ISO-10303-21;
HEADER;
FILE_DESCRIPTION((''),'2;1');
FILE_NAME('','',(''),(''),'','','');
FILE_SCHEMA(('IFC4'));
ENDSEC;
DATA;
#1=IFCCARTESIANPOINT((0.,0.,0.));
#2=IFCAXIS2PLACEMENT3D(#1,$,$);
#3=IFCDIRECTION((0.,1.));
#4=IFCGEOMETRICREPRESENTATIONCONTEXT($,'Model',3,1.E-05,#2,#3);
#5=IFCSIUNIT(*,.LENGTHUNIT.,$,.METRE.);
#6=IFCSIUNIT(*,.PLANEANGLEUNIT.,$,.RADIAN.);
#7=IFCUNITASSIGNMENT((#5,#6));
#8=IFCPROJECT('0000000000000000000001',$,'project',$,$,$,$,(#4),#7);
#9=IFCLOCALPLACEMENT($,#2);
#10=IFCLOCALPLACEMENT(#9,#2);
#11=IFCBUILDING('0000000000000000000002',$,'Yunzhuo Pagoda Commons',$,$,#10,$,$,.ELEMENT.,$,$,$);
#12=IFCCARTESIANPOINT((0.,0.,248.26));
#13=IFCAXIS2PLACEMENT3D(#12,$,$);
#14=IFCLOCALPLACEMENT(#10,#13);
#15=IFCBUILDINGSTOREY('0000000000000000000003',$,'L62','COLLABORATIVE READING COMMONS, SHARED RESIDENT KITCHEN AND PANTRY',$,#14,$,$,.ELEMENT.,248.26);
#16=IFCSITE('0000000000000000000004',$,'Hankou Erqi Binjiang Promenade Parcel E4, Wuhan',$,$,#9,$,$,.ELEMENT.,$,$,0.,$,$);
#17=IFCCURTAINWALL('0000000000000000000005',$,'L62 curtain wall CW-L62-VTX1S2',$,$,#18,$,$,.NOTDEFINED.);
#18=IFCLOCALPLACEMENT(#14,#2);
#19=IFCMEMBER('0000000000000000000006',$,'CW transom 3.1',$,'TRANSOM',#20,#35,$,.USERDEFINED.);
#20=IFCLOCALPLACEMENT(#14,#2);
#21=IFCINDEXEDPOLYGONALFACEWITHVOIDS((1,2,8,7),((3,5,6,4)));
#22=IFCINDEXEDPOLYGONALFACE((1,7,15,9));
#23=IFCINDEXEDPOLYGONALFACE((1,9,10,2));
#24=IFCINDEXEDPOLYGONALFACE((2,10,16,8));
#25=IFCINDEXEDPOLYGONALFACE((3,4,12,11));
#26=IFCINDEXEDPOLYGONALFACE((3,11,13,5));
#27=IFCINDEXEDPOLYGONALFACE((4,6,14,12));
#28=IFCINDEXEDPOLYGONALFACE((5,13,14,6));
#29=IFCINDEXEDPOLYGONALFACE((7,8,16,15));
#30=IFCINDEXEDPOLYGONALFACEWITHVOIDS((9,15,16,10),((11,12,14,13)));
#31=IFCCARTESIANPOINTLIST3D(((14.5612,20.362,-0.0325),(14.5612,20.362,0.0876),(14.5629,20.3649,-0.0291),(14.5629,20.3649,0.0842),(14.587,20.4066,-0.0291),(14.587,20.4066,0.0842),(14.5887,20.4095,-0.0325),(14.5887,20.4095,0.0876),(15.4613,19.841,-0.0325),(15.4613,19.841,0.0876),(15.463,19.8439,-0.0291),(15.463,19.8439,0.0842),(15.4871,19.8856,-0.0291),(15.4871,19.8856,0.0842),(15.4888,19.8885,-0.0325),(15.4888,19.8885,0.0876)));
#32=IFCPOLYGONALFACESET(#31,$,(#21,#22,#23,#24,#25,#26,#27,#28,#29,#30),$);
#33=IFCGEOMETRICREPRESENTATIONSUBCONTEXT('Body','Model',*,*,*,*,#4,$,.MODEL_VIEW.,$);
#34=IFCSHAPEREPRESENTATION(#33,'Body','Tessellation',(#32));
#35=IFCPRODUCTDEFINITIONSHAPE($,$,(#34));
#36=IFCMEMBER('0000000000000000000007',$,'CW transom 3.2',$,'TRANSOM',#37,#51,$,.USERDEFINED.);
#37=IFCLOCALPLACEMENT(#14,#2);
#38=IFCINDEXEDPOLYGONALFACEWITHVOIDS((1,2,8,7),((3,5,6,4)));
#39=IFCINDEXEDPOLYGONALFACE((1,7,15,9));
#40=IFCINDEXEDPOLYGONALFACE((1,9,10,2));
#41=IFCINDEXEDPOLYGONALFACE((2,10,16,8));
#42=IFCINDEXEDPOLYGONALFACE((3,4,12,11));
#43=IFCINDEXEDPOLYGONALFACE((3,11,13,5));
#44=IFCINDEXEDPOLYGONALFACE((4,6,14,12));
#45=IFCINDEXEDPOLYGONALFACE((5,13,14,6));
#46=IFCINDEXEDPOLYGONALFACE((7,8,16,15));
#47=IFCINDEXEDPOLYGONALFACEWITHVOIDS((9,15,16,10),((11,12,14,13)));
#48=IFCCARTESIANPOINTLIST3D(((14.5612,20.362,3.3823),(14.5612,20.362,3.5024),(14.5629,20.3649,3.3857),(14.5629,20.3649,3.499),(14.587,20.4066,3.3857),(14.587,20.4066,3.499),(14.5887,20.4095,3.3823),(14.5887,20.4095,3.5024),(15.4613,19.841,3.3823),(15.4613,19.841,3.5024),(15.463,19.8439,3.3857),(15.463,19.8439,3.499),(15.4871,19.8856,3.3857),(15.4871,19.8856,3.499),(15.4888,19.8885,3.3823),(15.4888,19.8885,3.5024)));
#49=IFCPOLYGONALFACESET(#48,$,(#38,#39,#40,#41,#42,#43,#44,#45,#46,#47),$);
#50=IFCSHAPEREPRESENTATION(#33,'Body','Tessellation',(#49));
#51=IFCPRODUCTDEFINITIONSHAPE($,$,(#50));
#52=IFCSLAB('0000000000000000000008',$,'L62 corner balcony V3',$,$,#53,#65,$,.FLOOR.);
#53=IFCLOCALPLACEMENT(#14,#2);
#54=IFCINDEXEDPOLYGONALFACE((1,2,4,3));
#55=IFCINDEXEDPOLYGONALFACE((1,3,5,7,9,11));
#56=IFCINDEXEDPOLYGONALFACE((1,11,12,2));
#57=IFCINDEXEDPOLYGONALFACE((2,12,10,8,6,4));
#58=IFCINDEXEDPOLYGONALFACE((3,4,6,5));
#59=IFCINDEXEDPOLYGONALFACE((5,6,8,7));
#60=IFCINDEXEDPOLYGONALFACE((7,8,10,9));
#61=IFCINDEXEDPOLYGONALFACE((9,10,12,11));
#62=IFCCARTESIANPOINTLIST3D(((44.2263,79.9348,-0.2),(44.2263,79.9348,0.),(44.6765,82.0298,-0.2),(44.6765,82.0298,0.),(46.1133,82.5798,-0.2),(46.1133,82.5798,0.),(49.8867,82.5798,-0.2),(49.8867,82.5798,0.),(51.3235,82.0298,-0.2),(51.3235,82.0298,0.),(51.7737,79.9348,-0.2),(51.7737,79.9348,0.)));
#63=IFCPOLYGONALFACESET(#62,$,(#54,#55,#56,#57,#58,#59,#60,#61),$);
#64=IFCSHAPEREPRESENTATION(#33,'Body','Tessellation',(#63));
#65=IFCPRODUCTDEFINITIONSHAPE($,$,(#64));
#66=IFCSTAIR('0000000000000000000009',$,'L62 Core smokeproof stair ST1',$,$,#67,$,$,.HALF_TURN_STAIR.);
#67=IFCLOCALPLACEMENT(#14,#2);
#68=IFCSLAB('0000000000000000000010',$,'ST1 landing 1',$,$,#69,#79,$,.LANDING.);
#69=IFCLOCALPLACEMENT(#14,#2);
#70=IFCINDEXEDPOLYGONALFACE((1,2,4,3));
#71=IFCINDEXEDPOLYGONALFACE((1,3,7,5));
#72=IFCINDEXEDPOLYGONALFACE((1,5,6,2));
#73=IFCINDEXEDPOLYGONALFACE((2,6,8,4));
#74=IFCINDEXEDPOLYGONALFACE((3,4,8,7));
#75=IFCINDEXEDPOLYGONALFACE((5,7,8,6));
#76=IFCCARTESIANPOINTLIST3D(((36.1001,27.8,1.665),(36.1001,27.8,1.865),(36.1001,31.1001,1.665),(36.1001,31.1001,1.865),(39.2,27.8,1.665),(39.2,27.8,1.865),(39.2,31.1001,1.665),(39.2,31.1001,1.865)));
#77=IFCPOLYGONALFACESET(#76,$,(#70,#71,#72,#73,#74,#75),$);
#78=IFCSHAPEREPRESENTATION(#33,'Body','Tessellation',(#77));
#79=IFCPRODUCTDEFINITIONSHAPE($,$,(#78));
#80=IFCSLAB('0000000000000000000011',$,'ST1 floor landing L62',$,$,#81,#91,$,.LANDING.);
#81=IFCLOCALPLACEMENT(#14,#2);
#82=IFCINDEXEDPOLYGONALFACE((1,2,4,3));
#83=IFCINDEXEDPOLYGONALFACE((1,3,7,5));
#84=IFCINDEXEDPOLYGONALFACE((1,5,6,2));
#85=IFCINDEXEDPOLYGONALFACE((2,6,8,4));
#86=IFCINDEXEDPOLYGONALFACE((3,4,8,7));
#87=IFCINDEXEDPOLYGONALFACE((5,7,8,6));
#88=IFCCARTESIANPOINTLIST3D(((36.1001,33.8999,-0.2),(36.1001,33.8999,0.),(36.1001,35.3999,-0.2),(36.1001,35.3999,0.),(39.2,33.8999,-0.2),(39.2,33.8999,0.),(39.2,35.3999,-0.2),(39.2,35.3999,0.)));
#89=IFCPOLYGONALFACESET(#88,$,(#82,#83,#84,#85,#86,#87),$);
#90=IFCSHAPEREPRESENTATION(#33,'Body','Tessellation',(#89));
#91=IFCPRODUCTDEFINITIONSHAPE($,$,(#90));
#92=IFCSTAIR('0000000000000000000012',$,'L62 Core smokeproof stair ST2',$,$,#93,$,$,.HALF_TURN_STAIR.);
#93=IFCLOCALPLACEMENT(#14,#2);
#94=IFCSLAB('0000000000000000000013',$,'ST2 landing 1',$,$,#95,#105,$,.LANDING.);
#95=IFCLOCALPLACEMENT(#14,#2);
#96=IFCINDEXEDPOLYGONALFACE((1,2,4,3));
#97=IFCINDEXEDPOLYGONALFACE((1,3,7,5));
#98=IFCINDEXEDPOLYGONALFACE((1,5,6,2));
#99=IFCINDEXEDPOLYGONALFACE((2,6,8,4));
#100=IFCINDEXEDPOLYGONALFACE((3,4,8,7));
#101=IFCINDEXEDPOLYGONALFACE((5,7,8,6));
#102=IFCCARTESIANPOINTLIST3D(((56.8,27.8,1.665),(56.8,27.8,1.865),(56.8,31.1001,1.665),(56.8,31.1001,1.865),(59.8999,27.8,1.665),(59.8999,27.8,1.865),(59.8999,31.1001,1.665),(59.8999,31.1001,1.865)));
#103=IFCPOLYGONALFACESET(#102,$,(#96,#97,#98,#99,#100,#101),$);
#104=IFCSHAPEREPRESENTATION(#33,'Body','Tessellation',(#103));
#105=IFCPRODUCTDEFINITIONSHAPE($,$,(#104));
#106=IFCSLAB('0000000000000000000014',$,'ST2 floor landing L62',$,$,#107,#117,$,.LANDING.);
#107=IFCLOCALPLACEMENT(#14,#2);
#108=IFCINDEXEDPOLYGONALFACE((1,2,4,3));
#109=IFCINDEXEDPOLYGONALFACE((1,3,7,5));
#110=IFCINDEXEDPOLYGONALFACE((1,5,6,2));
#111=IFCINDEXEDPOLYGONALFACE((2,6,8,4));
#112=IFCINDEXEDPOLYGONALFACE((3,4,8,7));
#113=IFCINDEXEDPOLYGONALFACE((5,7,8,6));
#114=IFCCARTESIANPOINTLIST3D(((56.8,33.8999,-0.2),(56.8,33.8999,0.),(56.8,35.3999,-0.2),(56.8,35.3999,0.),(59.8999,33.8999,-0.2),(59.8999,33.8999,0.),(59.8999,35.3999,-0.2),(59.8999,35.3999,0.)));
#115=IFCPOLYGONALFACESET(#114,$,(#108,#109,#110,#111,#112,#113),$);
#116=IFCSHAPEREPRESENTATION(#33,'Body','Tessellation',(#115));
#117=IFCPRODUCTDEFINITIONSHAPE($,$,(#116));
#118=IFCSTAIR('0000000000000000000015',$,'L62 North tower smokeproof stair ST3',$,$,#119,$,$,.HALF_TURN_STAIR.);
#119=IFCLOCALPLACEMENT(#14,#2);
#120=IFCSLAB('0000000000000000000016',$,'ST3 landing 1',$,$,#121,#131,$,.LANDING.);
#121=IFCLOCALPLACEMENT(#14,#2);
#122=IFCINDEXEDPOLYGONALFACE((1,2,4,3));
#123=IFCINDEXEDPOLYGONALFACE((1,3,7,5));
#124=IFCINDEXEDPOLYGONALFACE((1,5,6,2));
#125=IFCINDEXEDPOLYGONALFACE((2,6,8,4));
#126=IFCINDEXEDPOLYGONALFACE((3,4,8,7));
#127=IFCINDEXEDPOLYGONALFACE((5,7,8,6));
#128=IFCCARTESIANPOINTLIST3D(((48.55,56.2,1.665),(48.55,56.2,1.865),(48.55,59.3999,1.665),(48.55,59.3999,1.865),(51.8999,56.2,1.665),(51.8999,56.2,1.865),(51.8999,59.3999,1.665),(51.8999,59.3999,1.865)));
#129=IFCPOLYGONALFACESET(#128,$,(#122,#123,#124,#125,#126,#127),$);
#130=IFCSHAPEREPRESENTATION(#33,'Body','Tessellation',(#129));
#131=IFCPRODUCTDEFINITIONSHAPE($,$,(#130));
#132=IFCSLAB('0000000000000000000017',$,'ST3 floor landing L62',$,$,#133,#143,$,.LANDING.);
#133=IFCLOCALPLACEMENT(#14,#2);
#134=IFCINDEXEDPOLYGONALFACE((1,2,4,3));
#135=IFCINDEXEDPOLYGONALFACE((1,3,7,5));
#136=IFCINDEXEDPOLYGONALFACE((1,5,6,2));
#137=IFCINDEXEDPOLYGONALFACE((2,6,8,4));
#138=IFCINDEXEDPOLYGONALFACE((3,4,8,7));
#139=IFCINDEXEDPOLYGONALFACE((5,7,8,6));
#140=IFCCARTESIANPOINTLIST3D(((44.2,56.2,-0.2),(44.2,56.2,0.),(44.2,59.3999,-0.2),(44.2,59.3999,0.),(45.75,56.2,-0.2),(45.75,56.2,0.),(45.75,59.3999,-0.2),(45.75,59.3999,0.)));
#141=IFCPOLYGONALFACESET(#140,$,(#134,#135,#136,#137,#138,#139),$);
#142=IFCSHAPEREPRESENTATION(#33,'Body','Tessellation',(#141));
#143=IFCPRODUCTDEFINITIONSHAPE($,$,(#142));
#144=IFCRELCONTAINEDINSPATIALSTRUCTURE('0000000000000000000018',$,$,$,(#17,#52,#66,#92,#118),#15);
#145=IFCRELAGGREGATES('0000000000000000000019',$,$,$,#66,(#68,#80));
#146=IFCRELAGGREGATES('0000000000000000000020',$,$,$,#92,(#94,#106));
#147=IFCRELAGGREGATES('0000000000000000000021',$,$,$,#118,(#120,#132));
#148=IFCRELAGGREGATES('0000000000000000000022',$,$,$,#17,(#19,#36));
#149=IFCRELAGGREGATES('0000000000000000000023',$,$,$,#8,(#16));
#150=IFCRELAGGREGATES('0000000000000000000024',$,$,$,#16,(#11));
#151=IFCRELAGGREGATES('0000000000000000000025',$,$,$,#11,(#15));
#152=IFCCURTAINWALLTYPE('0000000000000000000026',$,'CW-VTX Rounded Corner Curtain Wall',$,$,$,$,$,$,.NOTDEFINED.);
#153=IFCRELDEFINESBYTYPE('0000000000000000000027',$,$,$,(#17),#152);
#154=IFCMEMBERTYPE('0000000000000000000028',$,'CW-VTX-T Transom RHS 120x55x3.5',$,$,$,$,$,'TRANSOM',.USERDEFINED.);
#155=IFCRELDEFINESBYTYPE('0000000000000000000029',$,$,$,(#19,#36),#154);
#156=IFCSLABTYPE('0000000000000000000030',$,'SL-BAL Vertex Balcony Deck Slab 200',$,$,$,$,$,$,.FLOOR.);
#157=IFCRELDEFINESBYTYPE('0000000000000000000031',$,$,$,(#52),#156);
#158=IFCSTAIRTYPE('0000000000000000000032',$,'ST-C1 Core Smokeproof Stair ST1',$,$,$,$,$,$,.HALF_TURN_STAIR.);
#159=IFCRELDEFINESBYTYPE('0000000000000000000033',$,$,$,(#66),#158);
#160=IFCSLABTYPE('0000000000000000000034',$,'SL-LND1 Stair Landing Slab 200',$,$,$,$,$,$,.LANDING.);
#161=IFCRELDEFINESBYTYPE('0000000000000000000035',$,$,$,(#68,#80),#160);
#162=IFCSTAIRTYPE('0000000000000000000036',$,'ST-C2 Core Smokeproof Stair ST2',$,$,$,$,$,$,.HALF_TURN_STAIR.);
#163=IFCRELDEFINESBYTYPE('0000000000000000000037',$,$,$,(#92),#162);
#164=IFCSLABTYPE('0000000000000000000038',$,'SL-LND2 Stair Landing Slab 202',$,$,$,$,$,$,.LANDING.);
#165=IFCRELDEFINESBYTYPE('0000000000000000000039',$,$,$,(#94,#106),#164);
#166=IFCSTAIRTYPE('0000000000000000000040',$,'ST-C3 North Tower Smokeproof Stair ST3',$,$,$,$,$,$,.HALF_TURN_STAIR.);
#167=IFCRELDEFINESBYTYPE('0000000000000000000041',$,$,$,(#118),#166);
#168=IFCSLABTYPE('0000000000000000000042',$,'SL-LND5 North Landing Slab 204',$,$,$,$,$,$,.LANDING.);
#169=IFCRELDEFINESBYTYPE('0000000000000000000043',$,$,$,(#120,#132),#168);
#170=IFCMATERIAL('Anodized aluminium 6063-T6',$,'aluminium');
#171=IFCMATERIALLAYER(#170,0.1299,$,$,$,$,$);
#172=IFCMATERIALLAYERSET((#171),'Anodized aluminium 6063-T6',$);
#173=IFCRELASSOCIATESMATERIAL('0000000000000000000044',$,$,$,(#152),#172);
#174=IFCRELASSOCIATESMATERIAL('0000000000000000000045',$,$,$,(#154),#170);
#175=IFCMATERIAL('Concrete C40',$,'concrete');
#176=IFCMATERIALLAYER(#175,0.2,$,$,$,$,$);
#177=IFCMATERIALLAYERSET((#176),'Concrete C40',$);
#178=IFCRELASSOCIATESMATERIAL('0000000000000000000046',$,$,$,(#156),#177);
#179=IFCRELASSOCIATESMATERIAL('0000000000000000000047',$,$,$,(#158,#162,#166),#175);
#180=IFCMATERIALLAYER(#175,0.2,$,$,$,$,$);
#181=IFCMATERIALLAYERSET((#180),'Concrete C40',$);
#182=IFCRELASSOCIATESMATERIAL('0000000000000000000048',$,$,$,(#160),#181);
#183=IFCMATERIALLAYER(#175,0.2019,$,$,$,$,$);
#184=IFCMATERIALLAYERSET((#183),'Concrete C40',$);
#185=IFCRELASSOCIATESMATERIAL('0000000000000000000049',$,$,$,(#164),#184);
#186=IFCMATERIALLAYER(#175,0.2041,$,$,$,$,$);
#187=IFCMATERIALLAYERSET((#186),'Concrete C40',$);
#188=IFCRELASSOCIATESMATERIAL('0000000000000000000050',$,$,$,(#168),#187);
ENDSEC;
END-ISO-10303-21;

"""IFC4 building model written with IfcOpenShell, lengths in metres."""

from ifc_helpers import new_model, si_unit, direction, frame, origin, origin_2d, place, context, subcontext, project, spatial, polyline, hollow_rectangle, outline, extrude, source, transform, mapped, material, layer, layer_set, material_profile, profile_set, type_object, element, aggregate, save


model = new_model("IFC4")

# Units and contexts
model_context = context("Model", 3, precision=1e-05, world=origin(), true_north=direction((0.0, 1.0)))
body_context = subcontext(model_context, "Body", "Model", "MODEL_VIEW")
ifc_project = project(units=[si_unit("LENGTHUNIT", "METRE"), si_unit("PLANEANGLEUNIT", "RADIAN")], contexts=[model_context])

# Site, building, storey
site_placement = place(None, origin())
site = spatial("IfcSite", under=ifc_project, at=site_placement, Name="Hankou Erqi Binjiang Promenade Parcel E4, Wuhan", CompositionType="ELEMENT", RefElevation=0.0)
building_placement = place(site_placement, origin())
building = spatial("IfcBuilding", under=site, at=building_placement, Name="Yunzhuo Pagoda Commons", CompositionType="ELEMENT")
storey_placement = place(building_placement, frame((0.0, 0.0, 248.26)))
storey = spatial("IfcBuildingStorey", under=building, at=storey_placement, Name="L62", Description="COLLABORATIVE READING COMMONS, SHARED RESIDENT KITCHEN AND PANTRY", CompositionType="ELEMENT", Elevation=248.26)

# Curtain wall, members
ifc_material_1 = material(Name="Anodized aluminium 6063-T6", Category="aluminium")
ifc_layer_1 = layer(ifc_material_1, 0.1299)
ifc_layer_set_1 = layer_set([ifc_layer_1], Name="Anodized aluminium 6063-T6")
curtain_wall_type_1 = type_object("IfcCurtainWallType", Name="CW-VTX Rounded Corner Curtain Wall", PredefinedType="NOTDEFINED", material=ifc_layer_set_1)
curtain_wall_1_placement = place(storey_placement, origin())
curtain_wall_1 = element("IfcCurtainWall", 1, at=curtain_wall_1_placement, inside=storey, type_object=curtain_wall_type_1, Name="L62 curtain wall CW-L62-VTX1S2", PredefinedType="NOTDEFINED")
ifc_material_profile_1 = material_profile(ifc_material_1, hollow_rectangle(XDim=0.0549, YDim=0.1201, WallThickness=0.0034, at=origin_2d()), Name="Anodized aluminium 6063-T6")
ifc_profile_set_1 = profile_set([ifc_material_profile_1], Name="Anodized aluminium 6063-T6")
member_type_1 = type_object("IfcMemberType", Name="CW-VTX-T Transom RHS 120x55x3.5", ElementType="TRANSOM", PredefinedType="USERDEFINED", material=ifc_profile_set_1)
shared_shape_1 = source(origin(), body_context, "Body", "SweptSolid", [
    extrude(hollow_rectangle(XDim=0.0549, YDim=0.1201, WallThickness=0.0034, at=origin_2d()), origin(), (0.0, 0.0, 1.0), 1.04),
])
member_1_placement = place(storey_placement, frame((14.575, 20.3857, 0.0276), z_axis=(0.865485, -0.500934, 0.0), x_axis=(0.500934, 0.865485, 0.0)))
member_1 = element("IfcMember", 2, at=member_1_placement, type_object=member_type_1, Name="CW transom 3.1", ObjectType="TRANSOM", PredefinedType="USERDEFINED", context=body_context, shape_type="MappedRepresentation", body=[
    mapped(shared_shape_1, transform((0.0, 0.0, 0.0), scale=1.0)),
])
member_2_placement = place(storey_placement, frame((14.575, 20.3857, 3.4424), z_axis=(0.865485, -0.500934, 0.0), x_axis=(0.500934, 0.865485, 0.0)))
member_2 = element("IfcMember", 3, at=member_2_placement, type_object=member_type_1, Name="CW transom 3.2", ObjectType="TRANSOM", PredefinedType="USERDEFINED", context=body_context, shape_type="MappedRepresentation", body=[
    mapped(shared_shape_1, transform((0.0, 0.0, 0.0), scale=1.0)),
])

# Slab
ifc_material_2 = material(Name="Concrete C40", Category="concrete")
ifc_layer_2 = layer(ifc_material_2, 0.2)
ifc_layer_set_2 = layer_set([ifc_layer_2], Name="Concrete C40")
slab_type_1 = type_object("IfcSlabType", Name="SL-BAL Vertex Balcony Deck Slab 200", PredefinedType="FLOOR", material=ifc_layer_set_2)
slab_1_placement = place(storey_placement, frame((0.0, 0.0, -0.2)))
element("IfcSlab", 4, at=slab_1_placement, inside=storey, type_object=slab_type_1, Name="L62 corner balcony V3", PredefinedType="FLOOR", context=body_context, shape_type="SweptSolid", body=[
    extrude(outline(polyline([(51.7737, 79.9348), (44.2263, 79.9348), (44.6765, 82.0298), (46.1133, 82.5798), (49.8867, 82.5798), (51.3235, 82.0298), (51.7737, 79.9348)])), origin(), (0.0, 0.0, 1.0), 0.2),
])

# Stairs, slabs
stair_type_1 = type_object("IfcStairType", Name="ST-C1 Core Smokeproof Stair ST1", PredefinedType="HALF_TURN_STAIR", material=ifc_material_2)
stair_1_placement = place(storey_placement, origin())
stair_1 = element("IfcStair", 5, at=stair_1_placement, inside=storey, type_object=stair_type_1, Name="L62 Core smokeproof stair ST1", PredefinedType="HALF_TURN_STAIR")
ifc_layer_3 = layer(ifc_material_2, 0.2)
ifc_layer_set_3 = layer_set([ifc_layer_3], Name="Concrete C40")
slab_type_2 = type_object("IfcSlabType", Name="SL-LND1 Stair Landing Slab 200", PredefinedType="LANDING", material=ifc_layer_set_3)
slab_2_placement = place(storey_placement, frame((0.0, 0.0, 1.665)))
slab_2 = element("IfcSlab", 6, at=slab_2_placement, type_object=slab_type_2, Name="ST1 landing 1", PredefinedType="LANDING", context=body_context, shape_type="SweptSolid", body=[
    extrude(outline(polyline([(36.1001, 31.1001), (36.1001, 27.8), (39.2, 27.8), (39.2, 31.1001), (36.1001, 31.1001)])), origin(), (0.0, 0.0, 1.0), 0.2),
])
slab_3_placement = place(storey_placement, frame((0.0, 0.0, -0.2)))
slab_3 = element("IfcSlab", 7, at=slab_3_placement, type_object=slab_type_2, Name="ST1 floor landing L62", PredefinedType="LANDING", context=body_context, shape_type="SweptSolid", body=[
    extrude(outline(polyline([(36.1001, 35.3999), (36.1001, 33.8999), (39.2, 33.8999), (39.2, 35.3999), (36.1001, 35.3999)])), origin(), (0.0, 0.0, 1.0), 0.2),
])
aggregate(stair_1, [slab_2, slab_3])
stair_type_2 = type_object("IfcStairType", Name="ST-C2 Core Smokeproof Stair ST2", PredefinedType="HALF_TURN_STAIR", material=ifc_material_2)
stair_2_placement = place(storey_placement, origin())
stair_2 = element("IfcStair", 8, at=stair_2_placement, inside=storey, type_object=stair_type_2, Name="L62 Core smokeproof stair ST2", PredefinedType="HALF_TURN_STAIR")
ifc_layer_4 = layer(ifc_material_2, 0.2019)
ifc_layer_set_4 = layer_set([ifc_layer_4], Name="Concrete C40")
slab_type_3 = type_object("IfcSlabType", Name="SL-LND2 Stair Landing Slab 202", PredefinedType="LANDING", material=ifc_layer_set_4)
slab_4_placement = place(storey_placement, frame((0.0, 0.0, 1.665)))
slab_4 = element("IfcSlab", 9, at=slab_4_placement, type_object=slab_type_3, Name="ST2 landing 1", PredefinedType="LANDING", context=body_context, shape_type="SweptSolid", body=[
    extrude(outline(polyline([(56.8, 31.1001), (56.8, 27.8), (59.8999, 27.8), (59.8999, 31.1001), (56.8, 31.1001)])), origin(), (0.0, 0.0, 1.0), 0.2),
])
slab_5_placement = place(storey_placement, frame((0.0, 0.0, -0.2)))
slab_5 = element("IfcSlab", 10, at=slab_5_placement, type_object=slab_type_3, Name="ST2 floor landing L62", PredefinedType="LANDING", context=body_context, shape_type="SweptSolid", body=[
    extrude(outline(polyline([(56.8, 35.3999), (56.8, 33.8999), (59.8999, 33.8999), (59.8999, 35.3999), (56.8, 35.3999)])), origin(), (0.0, 0.0, 1.0), 0.2),
])
aggregate(stair_2, [slab_4, slab_5])
stair_type_3 = type_object("IfcStairType", Name="ST-C3 North Tower Smokeproof Stair ST3", PredefinedType="HALF_TURN_STAIR", material=ifc_material_2)
stair_3_placement = place(storey_placement, origin())
stair_3 = element("IfcStair", 11, at=stair_3_placement, inside=storey, type_object=stair_type_3, Name="L62 North tower smokeproof stair ST3", PredefinedType="HALF_TURN_STAIR")
ifc_layer_5 = layer(ifc_material_2, 0.2041)
ifc_layer_set_5 = layer_set([ifc_layer_5], Name="Concrete C40")
slab_type_4 = type_object("IfcSlabType", Name="SL-LND5 North Landing Slab 204", PredefinedType="LANDING", material=ifc_layer_set_5)
slab_6_placement = place(storey_placement, frame((0.0, 0.0, 1.665)))
slab_6 = element("IfcSlab", 12, at=slab_6_placement, type_object=slab_type_4, Name="ST3 landing 1", PredefinedType="LANDING", context=body_context, shape_type="SweptSolid", body=[
    extrude(outline(polyline([(48.55, 56.2), (51.8999, 56.2), (51.8999, 59.3999), (48.55, 59.3999), (48.55, 56.2)])), origin(), (0.0, 0.0, 1.0), 0.2),
])
slab_7_placement = place(storey_placement, frame((0.0, 0.0, -0.2)))
slab_7 = element("IfcSlab", 13, at=slab_7_placement, type_object=slab_type_4, Name="ST3 floor landing L62", PredefinedType="LANDING", context=body_context, shape_type="SweptSolid", body=[
    extrude(outline(polyline([(44.2, 56.2), (45.75, 56.2), (45.75, 59.3999), (44.2, 59.3999), (44.2, 56.2)])), origin(), (0.0, 0.0, 1.0), 0.2),
])
aggregate(stair_3, [slab_6, slab_7])

aggregate(curtain_wall_1, [member_1, member_2])

save(model, "model.ifc")
